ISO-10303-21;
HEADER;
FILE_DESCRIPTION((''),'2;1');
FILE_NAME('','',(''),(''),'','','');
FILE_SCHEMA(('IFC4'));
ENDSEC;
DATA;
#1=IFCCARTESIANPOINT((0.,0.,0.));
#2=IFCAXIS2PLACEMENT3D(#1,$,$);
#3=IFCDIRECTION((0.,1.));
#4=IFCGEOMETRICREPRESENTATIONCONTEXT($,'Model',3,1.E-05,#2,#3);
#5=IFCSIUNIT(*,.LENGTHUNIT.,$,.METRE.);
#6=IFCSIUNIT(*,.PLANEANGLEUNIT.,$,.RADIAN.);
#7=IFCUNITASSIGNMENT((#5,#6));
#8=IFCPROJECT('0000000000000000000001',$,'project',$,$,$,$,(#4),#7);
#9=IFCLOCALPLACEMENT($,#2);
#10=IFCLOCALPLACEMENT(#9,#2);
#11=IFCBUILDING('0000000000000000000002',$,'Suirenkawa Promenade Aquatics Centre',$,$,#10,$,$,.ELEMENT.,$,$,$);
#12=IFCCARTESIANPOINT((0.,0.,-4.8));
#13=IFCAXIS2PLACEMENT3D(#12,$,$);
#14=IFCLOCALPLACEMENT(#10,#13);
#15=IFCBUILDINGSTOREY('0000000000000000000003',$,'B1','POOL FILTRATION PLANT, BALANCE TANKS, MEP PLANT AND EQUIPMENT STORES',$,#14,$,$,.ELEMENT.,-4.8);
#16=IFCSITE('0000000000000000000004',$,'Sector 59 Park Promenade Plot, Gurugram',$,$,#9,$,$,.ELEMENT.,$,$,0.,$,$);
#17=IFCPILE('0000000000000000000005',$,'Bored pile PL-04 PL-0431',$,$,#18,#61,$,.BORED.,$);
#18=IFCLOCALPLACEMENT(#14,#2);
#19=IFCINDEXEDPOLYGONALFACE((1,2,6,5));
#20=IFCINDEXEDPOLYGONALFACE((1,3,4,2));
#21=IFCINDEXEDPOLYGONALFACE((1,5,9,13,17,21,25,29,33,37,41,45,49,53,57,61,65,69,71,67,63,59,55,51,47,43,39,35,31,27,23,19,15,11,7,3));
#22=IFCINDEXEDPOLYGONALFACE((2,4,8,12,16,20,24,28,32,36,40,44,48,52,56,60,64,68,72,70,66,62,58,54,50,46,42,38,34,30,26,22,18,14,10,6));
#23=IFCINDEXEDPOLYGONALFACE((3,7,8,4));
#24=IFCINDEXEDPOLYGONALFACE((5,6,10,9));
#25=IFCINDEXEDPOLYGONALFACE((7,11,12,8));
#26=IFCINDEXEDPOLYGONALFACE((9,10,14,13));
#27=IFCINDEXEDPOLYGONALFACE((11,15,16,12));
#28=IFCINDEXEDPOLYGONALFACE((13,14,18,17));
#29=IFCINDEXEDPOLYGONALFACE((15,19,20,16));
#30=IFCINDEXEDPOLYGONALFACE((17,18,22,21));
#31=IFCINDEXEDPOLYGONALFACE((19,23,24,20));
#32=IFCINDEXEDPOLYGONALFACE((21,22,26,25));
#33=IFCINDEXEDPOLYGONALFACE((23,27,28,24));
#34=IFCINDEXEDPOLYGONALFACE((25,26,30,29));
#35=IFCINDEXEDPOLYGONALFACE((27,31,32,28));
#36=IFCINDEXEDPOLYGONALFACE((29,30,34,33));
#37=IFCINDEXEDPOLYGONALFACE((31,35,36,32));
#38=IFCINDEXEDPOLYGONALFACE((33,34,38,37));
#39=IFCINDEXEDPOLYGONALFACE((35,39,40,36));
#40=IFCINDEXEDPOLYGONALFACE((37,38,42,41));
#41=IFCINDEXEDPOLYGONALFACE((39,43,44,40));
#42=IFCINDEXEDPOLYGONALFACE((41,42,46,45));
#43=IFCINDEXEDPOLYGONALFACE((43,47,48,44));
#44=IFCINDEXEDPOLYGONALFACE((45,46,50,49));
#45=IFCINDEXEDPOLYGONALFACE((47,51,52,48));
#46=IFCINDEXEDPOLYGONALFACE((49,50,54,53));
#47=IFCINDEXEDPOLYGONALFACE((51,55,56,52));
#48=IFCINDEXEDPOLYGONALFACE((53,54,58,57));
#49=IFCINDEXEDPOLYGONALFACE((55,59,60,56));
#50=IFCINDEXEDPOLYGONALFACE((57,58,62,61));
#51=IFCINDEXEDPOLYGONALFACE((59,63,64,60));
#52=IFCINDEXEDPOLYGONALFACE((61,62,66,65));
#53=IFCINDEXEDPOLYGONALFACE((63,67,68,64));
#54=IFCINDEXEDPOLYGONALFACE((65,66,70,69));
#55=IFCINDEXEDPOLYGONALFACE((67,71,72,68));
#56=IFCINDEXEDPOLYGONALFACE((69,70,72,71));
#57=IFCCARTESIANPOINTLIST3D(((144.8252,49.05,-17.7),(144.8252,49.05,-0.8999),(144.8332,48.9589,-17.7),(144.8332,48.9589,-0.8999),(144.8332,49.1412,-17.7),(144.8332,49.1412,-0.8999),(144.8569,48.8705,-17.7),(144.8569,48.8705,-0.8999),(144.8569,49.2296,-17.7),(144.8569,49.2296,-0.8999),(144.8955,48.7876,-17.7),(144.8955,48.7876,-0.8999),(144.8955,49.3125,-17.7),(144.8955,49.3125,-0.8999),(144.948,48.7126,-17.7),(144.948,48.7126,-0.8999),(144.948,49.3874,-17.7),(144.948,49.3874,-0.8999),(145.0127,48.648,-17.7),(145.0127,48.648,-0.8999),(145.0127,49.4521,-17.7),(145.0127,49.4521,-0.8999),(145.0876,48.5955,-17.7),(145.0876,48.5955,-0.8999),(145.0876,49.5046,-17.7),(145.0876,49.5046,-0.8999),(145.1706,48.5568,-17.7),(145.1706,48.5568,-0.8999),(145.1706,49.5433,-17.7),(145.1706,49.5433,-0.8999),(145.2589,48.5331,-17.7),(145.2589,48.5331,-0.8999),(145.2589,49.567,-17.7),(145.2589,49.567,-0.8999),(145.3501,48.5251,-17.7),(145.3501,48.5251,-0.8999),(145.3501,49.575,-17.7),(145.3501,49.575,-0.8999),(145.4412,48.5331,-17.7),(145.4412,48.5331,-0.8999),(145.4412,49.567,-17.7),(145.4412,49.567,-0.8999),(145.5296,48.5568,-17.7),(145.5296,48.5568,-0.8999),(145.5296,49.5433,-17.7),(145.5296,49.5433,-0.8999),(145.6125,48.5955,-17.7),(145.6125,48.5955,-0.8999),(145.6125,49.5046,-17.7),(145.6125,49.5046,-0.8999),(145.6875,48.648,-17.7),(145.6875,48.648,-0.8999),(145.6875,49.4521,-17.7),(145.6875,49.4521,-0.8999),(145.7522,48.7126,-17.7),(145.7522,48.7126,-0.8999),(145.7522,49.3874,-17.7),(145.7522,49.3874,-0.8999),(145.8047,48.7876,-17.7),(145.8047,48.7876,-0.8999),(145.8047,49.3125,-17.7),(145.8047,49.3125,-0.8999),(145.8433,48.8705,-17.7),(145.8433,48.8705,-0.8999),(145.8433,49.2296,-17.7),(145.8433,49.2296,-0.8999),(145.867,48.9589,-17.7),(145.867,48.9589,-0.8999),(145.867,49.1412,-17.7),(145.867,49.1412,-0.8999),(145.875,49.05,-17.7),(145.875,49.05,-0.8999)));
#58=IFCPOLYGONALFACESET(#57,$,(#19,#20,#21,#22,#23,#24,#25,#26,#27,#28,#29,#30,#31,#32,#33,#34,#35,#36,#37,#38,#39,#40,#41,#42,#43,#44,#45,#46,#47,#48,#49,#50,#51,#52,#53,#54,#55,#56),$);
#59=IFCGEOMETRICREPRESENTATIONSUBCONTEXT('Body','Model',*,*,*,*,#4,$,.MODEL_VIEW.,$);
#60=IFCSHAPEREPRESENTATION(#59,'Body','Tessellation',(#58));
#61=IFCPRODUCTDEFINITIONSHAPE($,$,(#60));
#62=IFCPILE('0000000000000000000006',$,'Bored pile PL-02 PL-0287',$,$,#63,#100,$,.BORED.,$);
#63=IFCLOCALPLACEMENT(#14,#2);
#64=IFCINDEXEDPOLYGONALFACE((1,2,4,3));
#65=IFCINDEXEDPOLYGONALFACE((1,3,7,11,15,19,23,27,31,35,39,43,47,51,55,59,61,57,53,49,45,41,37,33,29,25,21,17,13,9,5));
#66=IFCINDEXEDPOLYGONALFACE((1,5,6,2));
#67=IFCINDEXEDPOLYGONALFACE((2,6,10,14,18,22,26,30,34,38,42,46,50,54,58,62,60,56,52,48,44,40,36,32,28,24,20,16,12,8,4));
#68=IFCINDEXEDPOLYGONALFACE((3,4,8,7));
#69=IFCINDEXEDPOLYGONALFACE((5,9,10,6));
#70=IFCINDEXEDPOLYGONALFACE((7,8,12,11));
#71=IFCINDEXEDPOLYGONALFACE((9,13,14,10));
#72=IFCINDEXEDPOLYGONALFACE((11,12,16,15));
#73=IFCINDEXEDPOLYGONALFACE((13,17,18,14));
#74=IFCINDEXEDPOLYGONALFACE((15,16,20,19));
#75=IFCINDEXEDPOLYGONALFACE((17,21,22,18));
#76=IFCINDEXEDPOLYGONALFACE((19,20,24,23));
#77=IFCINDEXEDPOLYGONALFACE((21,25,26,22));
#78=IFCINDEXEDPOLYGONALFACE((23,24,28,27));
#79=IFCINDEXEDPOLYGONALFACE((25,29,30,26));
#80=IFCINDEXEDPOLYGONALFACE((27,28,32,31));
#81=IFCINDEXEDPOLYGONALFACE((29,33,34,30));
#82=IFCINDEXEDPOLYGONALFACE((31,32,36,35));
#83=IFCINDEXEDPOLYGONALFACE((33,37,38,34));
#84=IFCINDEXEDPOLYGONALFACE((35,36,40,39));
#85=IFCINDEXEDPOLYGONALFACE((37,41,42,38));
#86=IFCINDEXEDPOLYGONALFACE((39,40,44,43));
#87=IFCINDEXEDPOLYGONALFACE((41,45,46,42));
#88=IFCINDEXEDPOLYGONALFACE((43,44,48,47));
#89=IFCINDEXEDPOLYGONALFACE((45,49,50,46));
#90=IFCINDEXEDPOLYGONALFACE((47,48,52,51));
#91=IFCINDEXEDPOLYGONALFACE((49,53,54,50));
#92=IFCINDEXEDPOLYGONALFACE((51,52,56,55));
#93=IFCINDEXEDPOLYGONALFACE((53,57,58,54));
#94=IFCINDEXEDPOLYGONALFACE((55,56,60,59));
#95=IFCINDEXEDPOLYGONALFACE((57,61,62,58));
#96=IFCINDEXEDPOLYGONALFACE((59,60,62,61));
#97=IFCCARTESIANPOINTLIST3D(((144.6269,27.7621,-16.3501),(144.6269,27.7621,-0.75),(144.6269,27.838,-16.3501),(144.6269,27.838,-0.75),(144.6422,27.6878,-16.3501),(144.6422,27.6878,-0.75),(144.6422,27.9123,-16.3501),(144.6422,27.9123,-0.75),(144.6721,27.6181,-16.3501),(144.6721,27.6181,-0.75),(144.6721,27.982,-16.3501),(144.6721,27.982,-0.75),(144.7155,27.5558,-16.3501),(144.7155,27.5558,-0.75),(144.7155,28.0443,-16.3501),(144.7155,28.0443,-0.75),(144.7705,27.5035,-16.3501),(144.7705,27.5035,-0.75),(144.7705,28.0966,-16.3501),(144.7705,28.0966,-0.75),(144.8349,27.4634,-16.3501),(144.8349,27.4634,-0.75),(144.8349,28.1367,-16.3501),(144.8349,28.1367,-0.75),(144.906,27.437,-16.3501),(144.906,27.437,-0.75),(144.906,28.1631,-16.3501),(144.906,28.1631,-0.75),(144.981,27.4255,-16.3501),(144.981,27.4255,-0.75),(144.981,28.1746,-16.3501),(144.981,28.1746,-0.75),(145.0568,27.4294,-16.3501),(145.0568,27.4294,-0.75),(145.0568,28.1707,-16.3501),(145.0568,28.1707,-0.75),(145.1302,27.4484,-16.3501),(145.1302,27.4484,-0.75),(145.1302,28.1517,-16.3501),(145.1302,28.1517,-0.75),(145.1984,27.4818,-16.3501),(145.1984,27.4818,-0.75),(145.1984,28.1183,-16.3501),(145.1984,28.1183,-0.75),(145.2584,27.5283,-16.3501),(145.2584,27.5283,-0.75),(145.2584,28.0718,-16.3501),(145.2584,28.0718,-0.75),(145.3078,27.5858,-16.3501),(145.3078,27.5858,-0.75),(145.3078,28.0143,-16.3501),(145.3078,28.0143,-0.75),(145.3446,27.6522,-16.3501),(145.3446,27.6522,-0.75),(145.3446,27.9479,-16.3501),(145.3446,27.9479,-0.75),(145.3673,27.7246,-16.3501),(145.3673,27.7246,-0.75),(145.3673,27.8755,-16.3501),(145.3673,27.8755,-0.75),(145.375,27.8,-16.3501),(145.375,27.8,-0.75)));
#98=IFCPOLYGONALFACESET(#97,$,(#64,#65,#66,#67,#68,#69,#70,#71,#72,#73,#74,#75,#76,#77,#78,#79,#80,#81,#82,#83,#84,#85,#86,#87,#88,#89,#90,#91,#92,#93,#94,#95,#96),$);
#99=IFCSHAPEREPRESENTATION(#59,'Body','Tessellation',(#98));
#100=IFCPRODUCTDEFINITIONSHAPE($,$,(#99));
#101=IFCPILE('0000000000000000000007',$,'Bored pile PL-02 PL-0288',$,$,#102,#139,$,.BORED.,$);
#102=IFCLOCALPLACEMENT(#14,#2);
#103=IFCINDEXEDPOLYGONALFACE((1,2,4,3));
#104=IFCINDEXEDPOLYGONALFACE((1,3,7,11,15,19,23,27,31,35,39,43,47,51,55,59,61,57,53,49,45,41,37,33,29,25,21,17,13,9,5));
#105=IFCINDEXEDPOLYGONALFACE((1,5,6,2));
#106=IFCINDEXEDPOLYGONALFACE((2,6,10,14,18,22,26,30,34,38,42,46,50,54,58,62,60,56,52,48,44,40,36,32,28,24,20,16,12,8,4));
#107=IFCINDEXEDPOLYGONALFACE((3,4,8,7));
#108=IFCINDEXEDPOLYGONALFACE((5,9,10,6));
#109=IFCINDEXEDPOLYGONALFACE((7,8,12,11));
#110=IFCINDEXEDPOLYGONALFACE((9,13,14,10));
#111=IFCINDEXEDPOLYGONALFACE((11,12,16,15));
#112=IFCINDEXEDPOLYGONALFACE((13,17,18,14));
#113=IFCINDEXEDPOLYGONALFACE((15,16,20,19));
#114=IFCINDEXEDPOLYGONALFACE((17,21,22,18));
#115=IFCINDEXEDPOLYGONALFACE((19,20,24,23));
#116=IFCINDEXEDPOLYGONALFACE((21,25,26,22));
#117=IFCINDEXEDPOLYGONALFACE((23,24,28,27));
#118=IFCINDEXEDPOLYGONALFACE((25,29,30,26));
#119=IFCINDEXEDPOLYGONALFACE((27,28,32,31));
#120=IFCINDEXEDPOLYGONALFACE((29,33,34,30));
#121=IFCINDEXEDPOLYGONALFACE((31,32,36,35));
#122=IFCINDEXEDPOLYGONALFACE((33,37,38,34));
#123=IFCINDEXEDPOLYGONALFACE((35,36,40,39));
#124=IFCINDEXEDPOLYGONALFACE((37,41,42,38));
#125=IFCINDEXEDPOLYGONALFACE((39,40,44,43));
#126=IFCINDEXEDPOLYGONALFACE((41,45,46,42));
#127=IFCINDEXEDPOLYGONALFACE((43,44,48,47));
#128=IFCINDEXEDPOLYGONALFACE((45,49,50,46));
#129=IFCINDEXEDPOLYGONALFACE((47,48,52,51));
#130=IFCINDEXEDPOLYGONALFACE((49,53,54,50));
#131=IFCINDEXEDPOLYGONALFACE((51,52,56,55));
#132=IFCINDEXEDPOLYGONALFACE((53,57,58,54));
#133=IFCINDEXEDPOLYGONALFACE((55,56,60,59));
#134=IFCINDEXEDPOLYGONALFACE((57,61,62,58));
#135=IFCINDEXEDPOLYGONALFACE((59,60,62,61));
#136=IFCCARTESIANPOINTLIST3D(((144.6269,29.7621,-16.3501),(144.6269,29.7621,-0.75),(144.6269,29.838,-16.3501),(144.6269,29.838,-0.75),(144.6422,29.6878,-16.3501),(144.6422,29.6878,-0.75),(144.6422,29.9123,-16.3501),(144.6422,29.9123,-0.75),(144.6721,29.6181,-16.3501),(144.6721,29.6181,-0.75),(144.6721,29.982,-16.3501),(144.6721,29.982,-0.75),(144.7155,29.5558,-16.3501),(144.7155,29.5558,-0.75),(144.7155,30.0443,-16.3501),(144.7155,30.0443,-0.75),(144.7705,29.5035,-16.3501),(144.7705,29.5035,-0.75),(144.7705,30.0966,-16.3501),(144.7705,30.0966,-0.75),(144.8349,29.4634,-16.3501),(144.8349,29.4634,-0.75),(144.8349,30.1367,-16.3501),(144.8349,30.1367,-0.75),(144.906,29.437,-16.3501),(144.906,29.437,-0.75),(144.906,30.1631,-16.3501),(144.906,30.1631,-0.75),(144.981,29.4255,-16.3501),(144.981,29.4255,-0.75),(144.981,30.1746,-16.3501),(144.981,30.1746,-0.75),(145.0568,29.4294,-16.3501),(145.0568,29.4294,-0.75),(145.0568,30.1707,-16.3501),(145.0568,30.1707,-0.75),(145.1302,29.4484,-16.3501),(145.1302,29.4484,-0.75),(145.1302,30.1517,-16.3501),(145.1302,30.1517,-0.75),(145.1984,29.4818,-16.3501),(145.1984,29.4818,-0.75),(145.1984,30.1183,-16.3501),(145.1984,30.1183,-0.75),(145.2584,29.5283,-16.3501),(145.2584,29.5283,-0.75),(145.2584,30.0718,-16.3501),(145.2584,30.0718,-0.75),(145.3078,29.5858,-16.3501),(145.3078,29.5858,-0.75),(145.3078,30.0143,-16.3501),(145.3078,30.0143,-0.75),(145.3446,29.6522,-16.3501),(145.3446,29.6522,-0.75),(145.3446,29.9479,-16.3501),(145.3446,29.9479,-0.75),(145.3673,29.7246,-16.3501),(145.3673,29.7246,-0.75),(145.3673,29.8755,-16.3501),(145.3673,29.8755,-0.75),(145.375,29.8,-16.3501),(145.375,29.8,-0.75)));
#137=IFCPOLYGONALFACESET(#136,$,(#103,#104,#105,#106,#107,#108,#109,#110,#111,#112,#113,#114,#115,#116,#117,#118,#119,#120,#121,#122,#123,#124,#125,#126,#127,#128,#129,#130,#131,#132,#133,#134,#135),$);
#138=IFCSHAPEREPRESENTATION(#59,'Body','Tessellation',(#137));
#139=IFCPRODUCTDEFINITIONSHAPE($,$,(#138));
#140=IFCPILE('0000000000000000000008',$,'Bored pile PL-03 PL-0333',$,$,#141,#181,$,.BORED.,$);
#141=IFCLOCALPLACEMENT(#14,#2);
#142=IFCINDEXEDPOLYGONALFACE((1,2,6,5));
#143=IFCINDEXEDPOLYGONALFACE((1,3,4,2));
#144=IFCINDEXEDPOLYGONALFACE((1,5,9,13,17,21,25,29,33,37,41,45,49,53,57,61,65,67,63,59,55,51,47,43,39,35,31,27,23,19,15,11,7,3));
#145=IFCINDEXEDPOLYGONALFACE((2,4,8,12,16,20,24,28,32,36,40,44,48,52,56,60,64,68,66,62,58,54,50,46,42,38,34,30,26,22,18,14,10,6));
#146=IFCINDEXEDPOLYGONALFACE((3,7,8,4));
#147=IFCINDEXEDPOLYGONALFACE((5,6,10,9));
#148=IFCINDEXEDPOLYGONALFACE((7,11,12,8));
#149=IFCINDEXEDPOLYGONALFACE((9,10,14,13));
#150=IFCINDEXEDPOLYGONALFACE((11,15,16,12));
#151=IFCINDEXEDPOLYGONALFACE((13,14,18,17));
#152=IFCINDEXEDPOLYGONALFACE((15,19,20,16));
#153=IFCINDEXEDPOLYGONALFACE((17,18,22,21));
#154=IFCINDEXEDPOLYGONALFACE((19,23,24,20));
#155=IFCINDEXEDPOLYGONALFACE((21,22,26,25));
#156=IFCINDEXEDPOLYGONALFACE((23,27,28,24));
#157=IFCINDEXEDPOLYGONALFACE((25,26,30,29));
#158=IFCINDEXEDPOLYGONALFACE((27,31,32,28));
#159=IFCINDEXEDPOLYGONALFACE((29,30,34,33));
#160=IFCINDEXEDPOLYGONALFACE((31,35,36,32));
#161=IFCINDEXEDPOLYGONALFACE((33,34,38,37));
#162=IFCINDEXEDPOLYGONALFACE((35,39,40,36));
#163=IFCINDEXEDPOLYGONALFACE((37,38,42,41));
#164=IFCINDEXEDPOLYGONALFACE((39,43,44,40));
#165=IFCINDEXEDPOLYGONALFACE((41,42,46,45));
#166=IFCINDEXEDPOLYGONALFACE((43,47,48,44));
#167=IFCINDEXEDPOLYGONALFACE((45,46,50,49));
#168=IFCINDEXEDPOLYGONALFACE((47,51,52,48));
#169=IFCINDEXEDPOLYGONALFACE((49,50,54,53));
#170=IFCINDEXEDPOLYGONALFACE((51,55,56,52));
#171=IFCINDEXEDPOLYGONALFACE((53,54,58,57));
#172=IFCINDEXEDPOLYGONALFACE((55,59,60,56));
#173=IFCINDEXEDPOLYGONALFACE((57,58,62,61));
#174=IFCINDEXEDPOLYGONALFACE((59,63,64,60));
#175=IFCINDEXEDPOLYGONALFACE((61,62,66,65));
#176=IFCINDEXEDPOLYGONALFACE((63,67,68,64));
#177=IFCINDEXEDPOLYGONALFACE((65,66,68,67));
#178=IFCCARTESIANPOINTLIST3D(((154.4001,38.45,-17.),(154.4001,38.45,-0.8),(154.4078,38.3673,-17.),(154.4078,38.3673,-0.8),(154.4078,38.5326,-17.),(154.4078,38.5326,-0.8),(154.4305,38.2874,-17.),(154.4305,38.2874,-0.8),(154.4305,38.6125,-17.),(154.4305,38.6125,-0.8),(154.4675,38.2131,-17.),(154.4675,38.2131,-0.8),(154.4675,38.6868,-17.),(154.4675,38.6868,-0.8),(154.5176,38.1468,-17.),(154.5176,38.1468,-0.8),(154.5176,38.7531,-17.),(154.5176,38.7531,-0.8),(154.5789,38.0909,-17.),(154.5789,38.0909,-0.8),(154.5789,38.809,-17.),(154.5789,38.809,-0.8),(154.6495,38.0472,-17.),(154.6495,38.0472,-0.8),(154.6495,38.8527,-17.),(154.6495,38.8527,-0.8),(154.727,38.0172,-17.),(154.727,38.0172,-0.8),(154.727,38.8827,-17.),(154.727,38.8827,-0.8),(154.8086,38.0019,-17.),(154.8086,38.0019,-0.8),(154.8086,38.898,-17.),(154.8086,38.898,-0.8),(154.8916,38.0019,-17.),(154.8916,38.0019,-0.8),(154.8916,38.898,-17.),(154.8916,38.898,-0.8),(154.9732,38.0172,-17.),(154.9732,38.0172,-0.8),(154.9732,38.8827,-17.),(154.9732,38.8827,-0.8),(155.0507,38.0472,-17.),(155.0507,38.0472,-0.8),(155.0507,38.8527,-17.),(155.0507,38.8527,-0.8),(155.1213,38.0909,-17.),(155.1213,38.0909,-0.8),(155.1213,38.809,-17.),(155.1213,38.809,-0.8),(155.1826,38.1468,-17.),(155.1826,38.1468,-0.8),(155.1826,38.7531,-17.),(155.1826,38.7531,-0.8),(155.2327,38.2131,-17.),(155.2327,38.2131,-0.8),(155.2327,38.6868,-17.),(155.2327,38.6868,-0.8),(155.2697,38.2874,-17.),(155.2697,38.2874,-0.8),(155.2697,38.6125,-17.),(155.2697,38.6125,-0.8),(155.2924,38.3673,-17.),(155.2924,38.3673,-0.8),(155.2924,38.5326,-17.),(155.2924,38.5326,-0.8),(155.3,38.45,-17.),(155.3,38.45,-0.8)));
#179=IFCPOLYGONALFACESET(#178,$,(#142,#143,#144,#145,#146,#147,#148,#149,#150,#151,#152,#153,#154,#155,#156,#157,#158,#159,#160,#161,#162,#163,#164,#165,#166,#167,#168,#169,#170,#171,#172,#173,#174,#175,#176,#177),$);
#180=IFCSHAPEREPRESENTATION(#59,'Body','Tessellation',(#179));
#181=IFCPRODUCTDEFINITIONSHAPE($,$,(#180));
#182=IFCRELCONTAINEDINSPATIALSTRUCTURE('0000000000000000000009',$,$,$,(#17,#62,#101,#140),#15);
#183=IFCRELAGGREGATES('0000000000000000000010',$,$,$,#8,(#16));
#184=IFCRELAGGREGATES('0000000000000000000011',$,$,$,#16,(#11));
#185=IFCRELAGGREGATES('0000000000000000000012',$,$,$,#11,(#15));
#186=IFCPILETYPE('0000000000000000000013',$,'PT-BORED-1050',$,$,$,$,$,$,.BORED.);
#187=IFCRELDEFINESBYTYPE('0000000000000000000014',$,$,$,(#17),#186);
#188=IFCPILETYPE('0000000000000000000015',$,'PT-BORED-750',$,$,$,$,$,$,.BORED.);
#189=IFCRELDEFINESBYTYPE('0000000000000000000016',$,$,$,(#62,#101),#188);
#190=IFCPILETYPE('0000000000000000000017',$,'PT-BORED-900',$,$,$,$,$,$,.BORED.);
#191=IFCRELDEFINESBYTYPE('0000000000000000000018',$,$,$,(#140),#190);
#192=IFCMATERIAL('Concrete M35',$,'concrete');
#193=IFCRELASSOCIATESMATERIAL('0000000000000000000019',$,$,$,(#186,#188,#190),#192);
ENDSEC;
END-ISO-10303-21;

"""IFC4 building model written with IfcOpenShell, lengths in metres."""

from ifc_helpers import new_model, si_unit, direction, frame, origin, origin_2d, place, context, subcontext, project, spatial, circle, extrude, material, material_profile, profile_set, type_object, element, save


model = new_model("IFC4")

# Units and contexts
model_context = context("Model", 3, precision=1e-05, world=origin(), true_north=direction((0.0, 1.0)))
body_context = subcontext(model_context, "Body", "Model", "MODEL_VIEW")
ifc_project = project(units=[si_unit("LENGTHUNIT", "METRE"), si_unit("PLANEANGLEUNIT", "RADIAN")], contexts=[model_context])

# Site, building, storey
site_placement = place(None, origin())
site = spatial("IfcSite", under=ifc_project, at=site_placement, Name="Sector 59 Park Promenade Plot, Gurugram", CompositionType="ELEMENT", RefElevation=0.0)
building_placement = place(site_placement, origin())
building = spatial("IfcBuilding", under=site, at=building_placement, Name="Suirenkawa Promenade Aquatics Centre", CompositionType="ELEMENT")
storey_placement = place(building_placement, frame((0.0, 0.0, -4.8)))
storey = spatial("IfcBuildingStorey", under=building, at=storey_placement, Name="B1", Description="POOL FILTRATION PLANT, BALANCE TANKS, MEP PLANT AND EQUIPMENT STORES", CompositionType="ELEMENT", Elevation=-4.8)

# Shared definitions
ifc_material_1 = material(Name="Concrete M35", Category="concrete")

# Piles
ifc_material_profile_1 = material_profile(ifc_material_1, circle(Radius=0.5249, at=origin_2d()), Name="PILE D1050", Category="concrete")
ifc_profile_set_1 = profile_set([ifc_material_profile_1], Name="Concrete M35")
pile_type_1 = type_object("IfcPileType", Name="PT-BORED-1050", PredefinedType="BORED", material=ifc_profile_set_1)
for number, where, z_axis, x_axis, name in (
    (1, (145.3501, 49.05, -0.8999), (0.0, 0.0, -1.0), (1.0, 0.0, 0.0), "Bored pile PL-04 PL-0431"),
):
    element("IfcPile", number, at=place(storey_placement, frame(where, z_axis=z_axis, x_axis=x_axis)), inside=storey, type_object=pile_type_1, Name=name, PredefinedType="BORED", context=body_context, shape_type="SweptSolid", body=[
        extrude(circle(Radius=0.5249, at=origin_2d()), origin(), (0.0, 0.0, 1.0), 16.8),
    ])
ifc_material_profile_2 = material_profile(ifc_material_1, circle(Radius=0.375, at=origin_2d()), Name="PILE D750", Category="concrete")
ifc_profile_set_2 = profile_set([ifc_material_profile_2], Name="Concrete M35")
pile_type_2 = type_object("IfcPileType", Name="PT-BORED-750", PredefinedType="BORED", material=ifc_profile_set_2)
for number, where, z_axis, x_axis, name in (
    (2, (145.0, 27.8, -0.75), (0.0, 0.0, -1.0), (1.0, 0.0, 0.0), "Bored pile PL-02 PL-0287"),
    (3, (145.0, 29.8, -0.75), (0.0, 0.0, -1.0), (1.0, 0.0, 0.0), "Bored pile PL-02 PL-0288"),
):
    element("IfcPile", number, at=place(storey_placement, frame(where, z_axis=z_axis, x_axis=x_axis)), inside=storey, type_object=pile_type_2, Name=name, PredefinedType="BORED", context=body_context, shape_type="SweptSolid", body=[
        extrude(circle(Radius=0.375, at=origin_2d()), origin(), (0.0, 0.0, 1.0), 15.6001),
    ])
ifc_material_profile_3 = material_profile(ifc_material_1, circle(Radius=0.45, at=origin_2d()), Name="PILE D900", Category="concrete")
ifc_profile_set_3 = profile_set([ifc_material_profile_3], Name="Concrete M35")
pile_type_3 = type_object("IfcPileType", Name="PT-BORED-900", PredefinedType="BORED", material=ifc_profile_set_3)
for number, where, z_axis, x_axis, name in (
    (4, (154.8501, 38.45, -0.8), (0.0, 0.0, -1.0), (1.0, 0.0, 0.0), "Bored pile PL-03 PL-0333"),
):
    element("IfcPile", number, at=place(storey_placement, frame(where, z_axis=z_axis, x_axis=x_axis)), inside=storey, type_object=pile_type_3, Name=name, PredefinedType="BORED", context=body_context, shape_type="SweptSolid", body=[
        extrude(circle(Radius=0.45, at=origin_2d()), origin(), (0.0, 0.0, 1.0), 16.2),
    ])

save(model, "model.ifc")
